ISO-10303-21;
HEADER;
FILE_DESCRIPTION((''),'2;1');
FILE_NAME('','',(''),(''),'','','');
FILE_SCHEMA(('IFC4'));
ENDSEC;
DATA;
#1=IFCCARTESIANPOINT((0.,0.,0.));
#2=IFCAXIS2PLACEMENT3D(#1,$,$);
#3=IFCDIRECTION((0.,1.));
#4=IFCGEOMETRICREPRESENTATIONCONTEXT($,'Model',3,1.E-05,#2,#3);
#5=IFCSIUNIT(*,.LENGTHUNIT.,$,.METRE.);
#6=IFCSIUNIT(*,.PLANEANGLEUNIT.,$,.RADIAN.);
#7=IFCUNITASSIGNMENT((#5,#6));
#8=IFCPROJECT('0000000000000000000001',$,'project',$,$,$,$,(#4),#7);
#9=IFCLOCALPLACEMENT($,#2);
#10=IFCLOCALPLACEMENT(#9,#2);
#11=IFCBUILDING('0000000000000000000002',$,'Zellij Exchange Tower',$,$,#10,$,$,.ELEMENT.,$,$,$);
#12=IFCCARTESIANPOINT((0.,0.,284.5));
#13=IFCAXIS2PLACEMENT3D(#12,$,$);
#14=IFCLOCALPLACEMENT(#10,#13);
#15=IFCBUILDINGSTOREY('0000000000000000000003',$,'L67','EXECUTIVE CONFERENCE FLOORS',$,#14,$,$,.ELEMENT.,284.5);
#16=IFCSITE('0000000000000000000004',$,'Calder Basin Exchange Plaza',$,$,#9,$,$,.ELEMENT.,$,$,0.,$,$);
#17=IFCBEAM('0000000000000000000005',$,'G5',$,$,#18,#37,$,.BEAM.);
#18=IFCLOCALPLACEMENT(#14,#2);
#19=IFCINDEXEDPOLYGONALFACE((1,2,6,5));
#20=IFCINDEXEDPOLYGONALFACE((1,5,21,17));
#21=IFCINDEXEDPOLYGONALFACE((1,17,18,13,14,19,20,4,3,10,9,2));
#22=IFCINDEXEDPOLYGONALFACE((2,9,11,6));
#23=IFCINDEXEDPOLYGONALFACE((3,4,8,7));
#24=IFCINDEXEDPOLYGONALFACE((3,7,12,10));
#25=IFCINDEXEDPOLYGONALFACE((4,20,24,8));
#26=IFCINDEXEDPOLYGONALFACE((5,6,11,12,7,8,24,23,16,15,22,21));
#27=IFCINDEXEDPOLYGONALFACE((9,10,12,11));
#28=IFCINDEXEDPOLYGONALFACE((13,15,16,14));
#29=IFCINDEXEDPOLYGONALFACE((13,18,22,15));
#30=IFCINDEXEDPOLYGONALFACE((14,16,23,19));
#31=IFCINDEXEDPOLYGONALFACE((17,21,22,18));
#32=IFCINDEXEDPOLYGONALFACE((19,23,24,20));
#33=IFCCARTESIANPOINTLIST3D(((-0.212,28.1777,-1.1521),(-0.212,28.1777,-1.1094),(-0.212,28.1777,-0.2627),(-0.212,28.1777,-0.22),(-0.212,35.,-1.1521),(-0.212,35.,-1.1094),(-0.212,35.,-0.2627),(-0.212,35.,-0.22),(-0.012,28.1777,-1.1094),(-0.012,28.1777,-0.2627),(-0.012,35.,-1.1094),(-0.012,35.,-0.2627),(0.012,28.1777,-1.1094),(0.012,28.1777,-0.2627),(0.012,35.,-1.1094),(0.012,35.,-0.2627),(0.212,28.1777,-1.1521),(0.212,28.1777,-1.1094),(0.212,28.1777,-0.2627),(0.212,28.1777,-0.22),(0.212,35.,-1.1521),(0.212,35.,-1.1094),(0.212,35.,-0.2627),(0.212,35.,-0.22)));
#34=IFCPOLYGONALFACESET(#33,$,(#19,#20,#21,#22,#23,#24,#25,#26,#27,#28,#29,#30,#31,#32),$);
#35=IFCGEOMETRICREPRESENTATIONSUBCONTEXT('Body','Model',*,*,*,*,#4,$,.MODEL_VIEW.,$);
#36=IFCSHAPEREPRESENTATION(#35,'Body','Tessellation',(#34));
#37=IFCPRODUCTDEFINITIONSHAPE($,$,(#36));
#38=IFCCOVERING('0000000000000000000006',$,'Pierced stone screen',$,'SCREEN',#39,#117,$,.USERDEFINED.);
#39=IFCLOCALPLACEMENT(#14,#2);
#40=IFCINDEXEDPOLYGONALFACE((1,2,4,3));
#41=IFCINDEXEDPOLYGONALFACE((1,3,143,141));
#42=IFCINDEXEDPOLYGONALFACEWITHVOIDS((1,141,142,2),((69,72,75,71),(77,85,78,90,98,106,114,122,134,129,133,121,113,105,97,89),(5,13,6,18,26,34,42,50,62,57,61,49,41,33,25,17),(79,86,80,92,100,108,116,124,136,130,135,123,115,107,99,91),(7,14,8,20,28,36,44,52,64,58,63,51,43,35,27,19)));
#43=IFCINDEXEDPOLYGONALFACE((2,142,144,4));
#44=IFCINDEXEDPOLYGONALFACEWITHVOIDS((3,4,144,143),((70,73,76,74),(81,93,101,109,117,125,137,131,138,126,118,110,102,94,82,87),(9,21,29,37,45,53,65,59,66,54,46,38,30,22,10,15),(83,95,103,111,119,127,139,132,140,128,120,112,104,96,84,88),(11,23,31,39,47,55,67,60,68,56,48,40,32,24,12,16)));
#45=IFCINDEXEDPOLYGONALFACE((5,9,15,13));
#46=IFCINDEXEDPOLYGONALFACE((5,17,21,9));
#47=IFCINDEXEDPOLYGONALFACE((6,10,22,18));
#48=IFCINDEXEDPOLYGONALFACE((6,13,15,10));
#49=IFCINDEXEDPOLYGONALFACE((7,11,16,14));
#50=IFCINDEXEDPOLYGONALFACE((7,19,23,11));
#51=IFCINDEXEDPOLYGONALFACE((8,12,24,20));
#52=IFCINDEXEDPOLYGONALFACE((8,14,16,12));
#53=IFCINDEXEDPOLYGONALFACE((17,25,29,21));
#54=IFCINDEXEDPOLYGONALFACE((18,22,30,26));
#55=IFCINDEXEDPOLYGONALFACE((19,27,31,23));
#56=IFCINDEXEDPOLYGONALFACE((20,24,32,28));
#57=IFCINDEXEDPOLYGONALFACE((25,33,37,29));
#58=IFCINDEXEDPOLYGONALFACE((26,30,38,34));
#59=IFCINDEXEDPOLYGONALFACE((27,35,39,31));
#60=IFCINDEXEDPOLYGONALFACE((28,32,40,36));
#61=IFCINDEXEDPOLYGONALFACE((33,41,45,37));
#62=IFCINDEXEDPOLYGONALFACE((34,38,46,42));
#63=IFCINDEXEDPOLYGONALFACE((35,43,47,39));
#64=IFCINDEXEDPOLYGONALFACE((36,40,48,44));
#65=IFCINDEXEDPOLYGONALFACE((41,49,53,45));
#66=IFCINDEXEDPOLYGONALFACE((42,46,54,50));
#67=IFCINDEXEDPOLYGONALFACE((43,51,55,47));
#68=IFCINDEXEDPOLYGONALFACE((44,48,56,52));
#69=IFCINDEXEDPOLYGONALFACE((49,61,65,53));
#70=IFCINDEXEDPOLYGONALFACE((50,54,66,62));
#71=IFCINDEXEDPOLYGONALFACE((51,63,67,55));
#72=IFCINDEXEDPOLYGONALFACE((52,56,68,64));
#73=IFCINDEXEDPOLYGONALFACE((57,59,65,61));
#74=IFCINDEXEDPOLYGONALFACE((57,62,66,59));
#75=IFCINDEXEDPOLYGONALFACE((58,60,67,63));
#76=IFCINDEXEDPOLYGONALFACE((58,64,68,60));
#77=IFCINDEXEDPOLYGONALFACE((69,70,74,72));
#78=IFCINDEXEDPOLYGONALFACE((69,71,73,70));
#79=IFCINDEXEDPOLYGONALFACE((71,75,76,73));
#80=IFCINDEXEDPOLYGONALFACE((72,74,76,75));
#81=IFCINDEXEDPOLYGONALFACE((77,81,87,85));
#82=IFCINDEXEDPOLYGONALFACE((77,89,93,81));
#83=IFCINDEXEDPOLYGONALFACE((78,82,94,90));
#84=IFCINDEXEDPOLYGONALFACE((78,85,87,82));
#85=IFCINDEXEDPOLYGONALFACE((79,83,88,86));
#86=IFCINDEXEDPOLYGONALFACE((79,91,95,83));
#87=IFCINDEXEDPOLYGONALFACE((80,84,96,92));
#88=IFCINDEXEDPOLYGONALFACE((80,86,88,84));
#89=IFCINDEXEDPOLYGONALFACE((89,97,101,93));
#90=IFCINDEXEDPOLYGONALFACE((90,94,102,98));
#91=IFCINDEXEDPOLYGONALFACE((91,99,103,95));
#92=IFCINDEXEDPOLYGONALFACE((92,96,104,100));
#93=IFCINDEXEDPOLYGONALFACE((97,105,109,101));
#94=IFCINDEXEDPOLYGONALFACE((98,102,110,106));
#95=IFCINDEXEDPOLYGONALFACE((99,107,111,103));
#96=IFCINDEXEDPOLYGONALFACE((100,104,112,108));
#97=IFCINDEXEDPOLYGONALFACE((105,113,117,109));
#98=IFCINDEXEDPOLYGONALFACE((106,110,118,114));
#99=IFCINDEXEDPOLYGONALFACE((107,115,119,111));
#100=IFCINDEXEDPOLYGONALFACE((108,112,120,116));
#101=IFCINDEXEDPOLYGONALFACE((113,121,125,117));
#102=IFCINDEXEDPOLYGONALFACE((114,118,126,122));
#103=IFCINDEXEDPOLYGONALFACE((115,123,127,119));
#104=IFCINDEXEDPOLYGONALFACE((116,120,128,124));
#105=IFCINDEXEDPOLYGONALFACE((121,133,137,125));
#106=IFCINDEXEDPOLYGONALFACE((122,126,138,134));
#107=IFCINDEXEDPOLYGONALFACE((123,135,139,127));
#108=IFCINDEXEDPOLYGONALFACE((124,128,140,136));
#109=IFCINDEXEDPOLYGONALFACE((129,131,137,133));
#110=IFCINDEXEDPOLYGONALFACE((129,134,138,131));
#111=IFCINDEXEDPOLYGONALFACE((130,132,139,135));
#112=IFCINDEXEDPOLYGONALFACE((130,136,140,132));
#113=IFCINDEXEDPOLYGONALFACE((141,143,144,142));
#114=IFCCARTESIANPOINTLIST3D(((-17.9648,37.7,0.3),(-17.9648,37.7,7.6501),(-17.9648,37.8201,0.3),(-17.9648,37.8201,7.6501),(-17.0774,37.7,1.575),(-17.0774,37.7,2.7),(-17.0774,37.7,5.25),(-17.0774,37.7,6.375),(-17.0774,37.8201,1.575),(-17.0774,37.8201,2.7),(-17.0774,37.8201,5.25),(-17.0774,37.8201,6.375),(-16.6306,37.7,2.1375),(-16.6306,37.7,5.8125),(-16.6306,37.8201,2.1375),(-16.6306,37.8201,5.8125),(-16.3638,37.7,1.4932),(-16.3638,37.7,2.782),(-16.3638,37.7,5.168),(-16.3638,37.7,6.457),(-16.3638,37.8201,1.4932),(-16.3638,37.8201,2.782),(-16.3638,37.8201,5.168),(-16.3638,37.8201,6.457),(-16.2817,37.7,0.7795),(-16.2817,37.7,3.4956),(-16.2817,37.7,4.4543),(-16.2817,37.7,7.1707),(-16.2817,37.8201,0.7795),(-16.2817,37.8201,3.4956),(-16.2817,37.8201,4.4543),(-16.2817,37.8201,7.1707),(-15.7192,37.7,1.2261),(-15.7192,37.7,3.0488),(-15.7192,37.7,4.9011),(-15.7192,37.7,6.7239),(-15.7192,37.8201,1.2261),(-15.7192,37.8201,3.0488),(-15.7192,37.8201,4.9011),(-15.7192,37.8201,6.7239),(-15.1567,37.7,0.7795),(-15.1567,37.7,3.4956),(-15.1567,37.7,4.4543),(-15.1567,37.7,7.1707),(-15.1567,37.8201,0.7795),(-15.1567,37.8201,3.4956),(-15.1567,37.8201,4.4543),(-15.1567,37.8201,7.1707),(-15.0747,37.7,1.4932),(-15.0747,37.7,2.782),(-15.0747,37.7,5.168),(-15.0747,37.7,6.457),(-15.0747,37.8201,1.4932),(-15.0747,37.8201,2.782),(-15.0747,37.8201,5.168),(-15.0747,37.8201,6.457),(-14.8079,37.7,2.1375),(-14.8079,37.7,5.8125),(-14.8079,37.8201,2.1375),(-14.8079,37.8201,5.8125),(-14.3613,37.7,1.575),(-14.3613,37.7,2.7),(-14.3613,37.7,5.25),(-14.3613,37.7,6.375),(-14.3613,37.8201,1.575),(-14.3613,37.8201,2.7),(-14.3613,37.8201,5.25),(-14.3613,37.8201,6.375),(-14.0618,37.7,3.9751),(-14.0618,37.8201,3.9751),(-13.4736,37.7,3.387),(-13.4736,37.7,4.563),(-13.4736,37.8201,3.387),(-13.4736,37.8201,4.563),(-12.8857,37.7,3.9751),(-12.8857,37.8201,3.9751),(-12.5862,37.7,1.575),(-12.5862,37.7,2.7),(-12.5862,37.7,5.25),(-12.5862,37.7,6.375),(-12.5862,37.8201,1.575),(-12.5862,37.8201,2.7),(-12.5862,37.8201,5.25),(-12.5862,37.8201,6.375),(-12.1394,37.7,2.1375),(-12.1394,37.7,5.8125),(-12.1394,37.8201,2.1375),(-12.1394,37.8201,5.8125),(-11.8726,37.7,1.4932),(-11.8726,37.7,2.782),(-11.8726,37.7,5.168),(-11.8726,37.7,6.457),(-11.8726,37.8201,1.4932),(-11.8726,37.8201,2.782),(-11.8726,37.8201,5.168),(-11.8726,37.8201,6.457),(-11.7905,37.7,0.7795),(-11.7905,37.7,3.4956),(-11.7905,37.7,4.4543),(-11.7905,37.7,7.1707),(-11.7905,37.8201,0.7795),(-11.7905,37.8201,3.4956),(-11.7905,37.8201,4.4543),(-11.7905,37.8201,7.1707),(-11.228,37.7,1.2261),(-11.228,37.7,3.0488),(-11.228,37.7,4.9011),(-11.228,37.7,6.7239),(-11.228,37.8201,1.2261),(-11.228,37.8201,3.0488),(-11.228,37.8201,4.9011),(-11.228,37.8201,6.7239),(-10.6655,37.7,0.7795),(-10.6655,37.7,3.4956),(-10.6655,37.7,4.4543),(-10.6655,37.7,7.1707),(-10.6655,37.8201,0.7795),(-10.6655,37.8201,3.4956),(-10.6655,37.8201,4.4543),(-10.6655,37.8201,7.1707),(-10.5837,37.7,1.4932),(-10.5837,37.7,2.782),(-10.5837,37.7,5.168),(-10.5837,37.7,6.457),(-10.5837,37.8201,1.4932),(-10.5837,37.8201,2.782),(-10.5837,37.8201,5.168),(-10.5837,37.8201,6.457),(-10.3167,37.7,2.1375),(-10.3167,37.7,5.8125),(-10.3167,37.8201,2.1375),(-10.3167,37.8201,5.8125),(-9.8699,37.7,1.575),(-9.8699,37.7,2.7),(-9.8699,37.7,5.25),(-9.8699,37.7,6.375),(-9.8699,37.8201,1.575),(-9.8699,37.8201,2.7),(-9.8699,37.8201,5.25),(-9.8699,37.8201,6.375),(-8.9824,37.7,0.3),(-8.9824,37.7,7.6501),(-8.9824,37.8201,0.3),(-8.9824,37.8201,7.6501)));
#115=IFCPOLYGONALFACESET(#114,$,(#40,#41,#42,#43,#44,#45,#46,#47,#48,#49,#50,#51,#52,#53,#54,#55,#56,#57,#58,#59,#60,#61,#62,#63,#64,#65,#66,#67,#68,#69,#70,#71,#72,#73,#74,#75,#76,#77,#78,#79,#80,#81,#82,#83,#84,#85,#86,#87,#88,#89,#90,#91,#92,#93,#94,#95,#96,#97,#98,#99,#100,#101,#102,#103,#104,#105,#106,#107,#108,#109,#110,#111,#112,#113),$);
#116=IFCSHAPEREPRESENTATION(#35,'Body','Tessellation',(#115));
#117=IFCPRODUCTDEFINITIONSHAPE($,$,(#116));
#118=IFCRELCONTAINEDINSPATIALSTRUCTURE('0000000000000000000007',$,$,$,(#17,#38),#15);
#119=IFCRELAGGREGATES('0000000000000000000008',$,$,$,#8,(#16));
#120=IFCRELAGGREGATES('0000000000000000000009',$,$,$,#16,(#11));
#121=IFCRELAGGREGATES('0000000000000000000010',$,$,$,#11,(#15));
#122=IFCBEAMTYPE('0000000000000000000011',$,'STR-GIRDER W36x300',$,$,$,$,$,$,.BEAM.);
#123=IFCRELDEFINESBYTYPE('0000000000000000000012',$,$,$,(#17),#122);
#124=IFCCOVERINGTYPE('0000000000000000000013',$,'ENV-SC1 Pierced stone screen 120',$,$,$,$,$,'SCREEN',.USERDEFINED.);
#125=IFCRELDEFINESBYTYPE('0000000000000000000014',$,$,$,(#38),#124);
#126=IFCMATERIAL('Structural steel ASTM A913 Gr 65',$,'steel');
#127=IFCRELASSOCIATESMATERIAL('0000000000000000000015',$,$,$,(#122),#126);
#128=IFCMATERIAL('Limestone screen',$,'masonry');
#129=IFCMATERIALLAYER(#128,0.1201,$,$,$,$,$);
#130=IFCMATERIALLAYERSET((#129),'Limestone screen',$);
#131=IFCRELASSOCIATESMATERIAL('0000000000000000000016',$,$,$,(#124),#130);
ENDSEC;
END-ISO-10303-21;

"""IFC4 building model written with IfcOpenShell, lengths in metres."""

from ifc_helpers import new_model, si_unit, direction, frame, origin, origin_2d, place, context, subcontext, project, spatial, polyline, i_section, outline, extrude, material, layer, layer_set, material_profile, profile_set, type_object, element, save


model = new_model("IFC4")

# Units and contexts
model_context = context("Model", 3, precision=1e-05, world=origin(), true_north=direction((0.0, 1.0)))
body_context = subcontext(model_context, "Body", "Model", "MODEL_VIEW")
ifc_project = project(units=[si_unit("LENGTHUNIT", "METRE"), si_unit("PLANEANGLEUNIT", "RADIAN")], contexts=[model_context])

# Site, building, storey
site_placement = place(None, origin())
site = spatial("IfcSite", under=ifc_project, at=site_placement, Name="Calder Basin Exchange Plaza", CompositionType="ELEMENT", RefElevation=0.0)
building_placement = place(site_placement, origin())
building = spatial("IfcBuilding", under=site, at=building_placement, Name="Zellij Exchange Tower", CompositionType="ELEMENT")
storey_placement = place(building_placement, frame((0.0, 0.0, 284.5)))
storey = spatial("IfcBuildingStorey", under=building, at=storey_placement, Name="L67", Description="EXECUTIVE CONFERENCE FLOORS", CompositionType="ELEMENT", Elevation=284.5)

# Beam
ifc_material_1 = material(Name="Structural steel ASTM A913 Gr 65", Category="steel")
ifc_material_profile_1 = material_profile(ifc_material_1, i_section(OverallWidth=0.4241, OverallDepth=0.9321, WebThickness=0.0239, FlangeThickness=0.0427, at=origin_2d()), Name="W36x300")
ifc_profile_set_1 = profile_set([ifc_material_profile_1], Name="Structural steel ASTM A913 Gr 65")
beam_type = type_object("IfcBeamType", Name="STR-GIRDER W36x300", PredefinedType="BEAM", material=ifc_profile_set_1)
for number, where, z_axis, x_axis, name in (
    (1, (0.0, 28.1777, -0.686), (0.0, 1.0, 0.0), (-1.0, 0.0, 0.0), "G5"),
):
    element("IfcBeam", number, at=place(storey_placement, frame(where, z_axis=z_axis, x_axis=x_axis)), inside=storey, type_object=beam_type, Name=name, PredefinedType="BEAM", context=body_context, shape_type="SweptSolid", body=[
        extrude(i_section(OverallWidth=0.4241, OverallDepth=0.9321, WebThickness=0.0239, FlangeThickness=0.0427, at=origin_2d()), origin(), (0.0, 0.0, 1.0), 6.8223),
    ])

# Covering
ifc_material_2 = material(Name="Limestone screen", Category="masonry")
ifc_layer = layer(ifc_material_2, 0.1201)
ifc_layer_set = layer_set([ifc_layer], Name="Limestone screen")
covering_type = type_object("IfcCoveringType", Name="ENV-SC1 Pierced stone screen 120", ElementType="SCREEN", PredefinedType="USERDEFINED", material=ifc_layer_set)
covering_1_placement = place(storey_placement, frame((-8.9824, 37.76, 0.3), z_axis=(0.0, 0.0, 1.0), x_axis=(-1.0, 0.0, 0.0)))
element("IfcCovering", 2, at=covering_1_placement, inside=storey, type_object=covering_type, Name="Pierced stone screen", ObjectType="SCREEN", PredefinedType="USERDEFINED", context=body_context, shape_type="SweptSolid", body=[
    extrude(outline(polyline([(0.0, 0.0), (8.9824, 0.0), (8.9824, 7.3501), (0.0, 7.3501), (0.0, 0.0)]), holes=[polyline([(3.6038, 2.3999), (2.8901, 2.4819), (2.8081, 3.1956), (2.2456, 2.7488), (1.6831, 3.1956), (1.6013, 2.4819), (0.8875, 2.3999), (1.3342, 1.8374), (0.8875, 1.2749), (1.6013, 1.1931), (1.6831, 0.4795), (2.2456, 0.926), (2.8081, 0.4795), (2.8901, 1.1931), (3.6038, 1.2749), (3.157, 1.8374), (3.6038, 2.3999)]), polyline([(3.6038, 6.075), (2.8901, 6.157), (2.8081, 6.8706), (2.2456, 6.4238), (1.6831, 6.8706), (1.6013, 6.157), (0.8875, 6.075), (1.3342, 5.5125), (0.8875, 4.95), (1.6013, 4.8679), (1.6831, 4.1543), (2.2456, 4.6011), (2.8081, 4.1543), (2.8901, 4.8679), (3.6038, 4.95), (3.157, 5.5125), (3.6038, 6.075)]), polyline([(8.095, 2.3999), (7.3813, 2.4819), (7.2993, 3.1956), (6.7368, 2.7488), (6.1743, 3.1956), (6.0923, 2.4819), (5.3789, 2.3999), (5.8254, 1.8374), (5.3789, 1.2749), (6.0923, 1.1931), (6.1743, 0.4795), (6.7368, 0.926), (7.2993, 0.4795), (7.3813, 1.1931), (8.095, 1.2749), (7.6482, 1.8374), (8.095, 2.3999)]), polyline([(8.095, 6.075), (7.3813, 6.157), (7.2993, 6.8706), (6.7368, 6.4238), (6.1743, 6.8706), (6.0923, 6.157), (5.3789, 6.075), (5.8254, 5.5125), (5.3789, 4.95), (6.0923, 4.8679), (6.1743, 4.1543), (6.7368, 4.6011), (7.2993, 4.1543), (7.3813, 4.8679), (8.095, 4.95), (7.6482, 5.5125), (8.095, 6.075)]), polyline([(5.0793, 3.675), (4.4912, 4.2629), (3.9033, 3.675), (4.4912, 3.0869), (5.0793, 3.675)])]), frame((0.0, 0.0601, 0.0), z_axis=(0.0, -1.0, 0.0), x_axis=(1.0, 0.0, 0.0)), (0.0, 0.0, 1.0), 0.1201),
])

save(model, "model.ifc")
